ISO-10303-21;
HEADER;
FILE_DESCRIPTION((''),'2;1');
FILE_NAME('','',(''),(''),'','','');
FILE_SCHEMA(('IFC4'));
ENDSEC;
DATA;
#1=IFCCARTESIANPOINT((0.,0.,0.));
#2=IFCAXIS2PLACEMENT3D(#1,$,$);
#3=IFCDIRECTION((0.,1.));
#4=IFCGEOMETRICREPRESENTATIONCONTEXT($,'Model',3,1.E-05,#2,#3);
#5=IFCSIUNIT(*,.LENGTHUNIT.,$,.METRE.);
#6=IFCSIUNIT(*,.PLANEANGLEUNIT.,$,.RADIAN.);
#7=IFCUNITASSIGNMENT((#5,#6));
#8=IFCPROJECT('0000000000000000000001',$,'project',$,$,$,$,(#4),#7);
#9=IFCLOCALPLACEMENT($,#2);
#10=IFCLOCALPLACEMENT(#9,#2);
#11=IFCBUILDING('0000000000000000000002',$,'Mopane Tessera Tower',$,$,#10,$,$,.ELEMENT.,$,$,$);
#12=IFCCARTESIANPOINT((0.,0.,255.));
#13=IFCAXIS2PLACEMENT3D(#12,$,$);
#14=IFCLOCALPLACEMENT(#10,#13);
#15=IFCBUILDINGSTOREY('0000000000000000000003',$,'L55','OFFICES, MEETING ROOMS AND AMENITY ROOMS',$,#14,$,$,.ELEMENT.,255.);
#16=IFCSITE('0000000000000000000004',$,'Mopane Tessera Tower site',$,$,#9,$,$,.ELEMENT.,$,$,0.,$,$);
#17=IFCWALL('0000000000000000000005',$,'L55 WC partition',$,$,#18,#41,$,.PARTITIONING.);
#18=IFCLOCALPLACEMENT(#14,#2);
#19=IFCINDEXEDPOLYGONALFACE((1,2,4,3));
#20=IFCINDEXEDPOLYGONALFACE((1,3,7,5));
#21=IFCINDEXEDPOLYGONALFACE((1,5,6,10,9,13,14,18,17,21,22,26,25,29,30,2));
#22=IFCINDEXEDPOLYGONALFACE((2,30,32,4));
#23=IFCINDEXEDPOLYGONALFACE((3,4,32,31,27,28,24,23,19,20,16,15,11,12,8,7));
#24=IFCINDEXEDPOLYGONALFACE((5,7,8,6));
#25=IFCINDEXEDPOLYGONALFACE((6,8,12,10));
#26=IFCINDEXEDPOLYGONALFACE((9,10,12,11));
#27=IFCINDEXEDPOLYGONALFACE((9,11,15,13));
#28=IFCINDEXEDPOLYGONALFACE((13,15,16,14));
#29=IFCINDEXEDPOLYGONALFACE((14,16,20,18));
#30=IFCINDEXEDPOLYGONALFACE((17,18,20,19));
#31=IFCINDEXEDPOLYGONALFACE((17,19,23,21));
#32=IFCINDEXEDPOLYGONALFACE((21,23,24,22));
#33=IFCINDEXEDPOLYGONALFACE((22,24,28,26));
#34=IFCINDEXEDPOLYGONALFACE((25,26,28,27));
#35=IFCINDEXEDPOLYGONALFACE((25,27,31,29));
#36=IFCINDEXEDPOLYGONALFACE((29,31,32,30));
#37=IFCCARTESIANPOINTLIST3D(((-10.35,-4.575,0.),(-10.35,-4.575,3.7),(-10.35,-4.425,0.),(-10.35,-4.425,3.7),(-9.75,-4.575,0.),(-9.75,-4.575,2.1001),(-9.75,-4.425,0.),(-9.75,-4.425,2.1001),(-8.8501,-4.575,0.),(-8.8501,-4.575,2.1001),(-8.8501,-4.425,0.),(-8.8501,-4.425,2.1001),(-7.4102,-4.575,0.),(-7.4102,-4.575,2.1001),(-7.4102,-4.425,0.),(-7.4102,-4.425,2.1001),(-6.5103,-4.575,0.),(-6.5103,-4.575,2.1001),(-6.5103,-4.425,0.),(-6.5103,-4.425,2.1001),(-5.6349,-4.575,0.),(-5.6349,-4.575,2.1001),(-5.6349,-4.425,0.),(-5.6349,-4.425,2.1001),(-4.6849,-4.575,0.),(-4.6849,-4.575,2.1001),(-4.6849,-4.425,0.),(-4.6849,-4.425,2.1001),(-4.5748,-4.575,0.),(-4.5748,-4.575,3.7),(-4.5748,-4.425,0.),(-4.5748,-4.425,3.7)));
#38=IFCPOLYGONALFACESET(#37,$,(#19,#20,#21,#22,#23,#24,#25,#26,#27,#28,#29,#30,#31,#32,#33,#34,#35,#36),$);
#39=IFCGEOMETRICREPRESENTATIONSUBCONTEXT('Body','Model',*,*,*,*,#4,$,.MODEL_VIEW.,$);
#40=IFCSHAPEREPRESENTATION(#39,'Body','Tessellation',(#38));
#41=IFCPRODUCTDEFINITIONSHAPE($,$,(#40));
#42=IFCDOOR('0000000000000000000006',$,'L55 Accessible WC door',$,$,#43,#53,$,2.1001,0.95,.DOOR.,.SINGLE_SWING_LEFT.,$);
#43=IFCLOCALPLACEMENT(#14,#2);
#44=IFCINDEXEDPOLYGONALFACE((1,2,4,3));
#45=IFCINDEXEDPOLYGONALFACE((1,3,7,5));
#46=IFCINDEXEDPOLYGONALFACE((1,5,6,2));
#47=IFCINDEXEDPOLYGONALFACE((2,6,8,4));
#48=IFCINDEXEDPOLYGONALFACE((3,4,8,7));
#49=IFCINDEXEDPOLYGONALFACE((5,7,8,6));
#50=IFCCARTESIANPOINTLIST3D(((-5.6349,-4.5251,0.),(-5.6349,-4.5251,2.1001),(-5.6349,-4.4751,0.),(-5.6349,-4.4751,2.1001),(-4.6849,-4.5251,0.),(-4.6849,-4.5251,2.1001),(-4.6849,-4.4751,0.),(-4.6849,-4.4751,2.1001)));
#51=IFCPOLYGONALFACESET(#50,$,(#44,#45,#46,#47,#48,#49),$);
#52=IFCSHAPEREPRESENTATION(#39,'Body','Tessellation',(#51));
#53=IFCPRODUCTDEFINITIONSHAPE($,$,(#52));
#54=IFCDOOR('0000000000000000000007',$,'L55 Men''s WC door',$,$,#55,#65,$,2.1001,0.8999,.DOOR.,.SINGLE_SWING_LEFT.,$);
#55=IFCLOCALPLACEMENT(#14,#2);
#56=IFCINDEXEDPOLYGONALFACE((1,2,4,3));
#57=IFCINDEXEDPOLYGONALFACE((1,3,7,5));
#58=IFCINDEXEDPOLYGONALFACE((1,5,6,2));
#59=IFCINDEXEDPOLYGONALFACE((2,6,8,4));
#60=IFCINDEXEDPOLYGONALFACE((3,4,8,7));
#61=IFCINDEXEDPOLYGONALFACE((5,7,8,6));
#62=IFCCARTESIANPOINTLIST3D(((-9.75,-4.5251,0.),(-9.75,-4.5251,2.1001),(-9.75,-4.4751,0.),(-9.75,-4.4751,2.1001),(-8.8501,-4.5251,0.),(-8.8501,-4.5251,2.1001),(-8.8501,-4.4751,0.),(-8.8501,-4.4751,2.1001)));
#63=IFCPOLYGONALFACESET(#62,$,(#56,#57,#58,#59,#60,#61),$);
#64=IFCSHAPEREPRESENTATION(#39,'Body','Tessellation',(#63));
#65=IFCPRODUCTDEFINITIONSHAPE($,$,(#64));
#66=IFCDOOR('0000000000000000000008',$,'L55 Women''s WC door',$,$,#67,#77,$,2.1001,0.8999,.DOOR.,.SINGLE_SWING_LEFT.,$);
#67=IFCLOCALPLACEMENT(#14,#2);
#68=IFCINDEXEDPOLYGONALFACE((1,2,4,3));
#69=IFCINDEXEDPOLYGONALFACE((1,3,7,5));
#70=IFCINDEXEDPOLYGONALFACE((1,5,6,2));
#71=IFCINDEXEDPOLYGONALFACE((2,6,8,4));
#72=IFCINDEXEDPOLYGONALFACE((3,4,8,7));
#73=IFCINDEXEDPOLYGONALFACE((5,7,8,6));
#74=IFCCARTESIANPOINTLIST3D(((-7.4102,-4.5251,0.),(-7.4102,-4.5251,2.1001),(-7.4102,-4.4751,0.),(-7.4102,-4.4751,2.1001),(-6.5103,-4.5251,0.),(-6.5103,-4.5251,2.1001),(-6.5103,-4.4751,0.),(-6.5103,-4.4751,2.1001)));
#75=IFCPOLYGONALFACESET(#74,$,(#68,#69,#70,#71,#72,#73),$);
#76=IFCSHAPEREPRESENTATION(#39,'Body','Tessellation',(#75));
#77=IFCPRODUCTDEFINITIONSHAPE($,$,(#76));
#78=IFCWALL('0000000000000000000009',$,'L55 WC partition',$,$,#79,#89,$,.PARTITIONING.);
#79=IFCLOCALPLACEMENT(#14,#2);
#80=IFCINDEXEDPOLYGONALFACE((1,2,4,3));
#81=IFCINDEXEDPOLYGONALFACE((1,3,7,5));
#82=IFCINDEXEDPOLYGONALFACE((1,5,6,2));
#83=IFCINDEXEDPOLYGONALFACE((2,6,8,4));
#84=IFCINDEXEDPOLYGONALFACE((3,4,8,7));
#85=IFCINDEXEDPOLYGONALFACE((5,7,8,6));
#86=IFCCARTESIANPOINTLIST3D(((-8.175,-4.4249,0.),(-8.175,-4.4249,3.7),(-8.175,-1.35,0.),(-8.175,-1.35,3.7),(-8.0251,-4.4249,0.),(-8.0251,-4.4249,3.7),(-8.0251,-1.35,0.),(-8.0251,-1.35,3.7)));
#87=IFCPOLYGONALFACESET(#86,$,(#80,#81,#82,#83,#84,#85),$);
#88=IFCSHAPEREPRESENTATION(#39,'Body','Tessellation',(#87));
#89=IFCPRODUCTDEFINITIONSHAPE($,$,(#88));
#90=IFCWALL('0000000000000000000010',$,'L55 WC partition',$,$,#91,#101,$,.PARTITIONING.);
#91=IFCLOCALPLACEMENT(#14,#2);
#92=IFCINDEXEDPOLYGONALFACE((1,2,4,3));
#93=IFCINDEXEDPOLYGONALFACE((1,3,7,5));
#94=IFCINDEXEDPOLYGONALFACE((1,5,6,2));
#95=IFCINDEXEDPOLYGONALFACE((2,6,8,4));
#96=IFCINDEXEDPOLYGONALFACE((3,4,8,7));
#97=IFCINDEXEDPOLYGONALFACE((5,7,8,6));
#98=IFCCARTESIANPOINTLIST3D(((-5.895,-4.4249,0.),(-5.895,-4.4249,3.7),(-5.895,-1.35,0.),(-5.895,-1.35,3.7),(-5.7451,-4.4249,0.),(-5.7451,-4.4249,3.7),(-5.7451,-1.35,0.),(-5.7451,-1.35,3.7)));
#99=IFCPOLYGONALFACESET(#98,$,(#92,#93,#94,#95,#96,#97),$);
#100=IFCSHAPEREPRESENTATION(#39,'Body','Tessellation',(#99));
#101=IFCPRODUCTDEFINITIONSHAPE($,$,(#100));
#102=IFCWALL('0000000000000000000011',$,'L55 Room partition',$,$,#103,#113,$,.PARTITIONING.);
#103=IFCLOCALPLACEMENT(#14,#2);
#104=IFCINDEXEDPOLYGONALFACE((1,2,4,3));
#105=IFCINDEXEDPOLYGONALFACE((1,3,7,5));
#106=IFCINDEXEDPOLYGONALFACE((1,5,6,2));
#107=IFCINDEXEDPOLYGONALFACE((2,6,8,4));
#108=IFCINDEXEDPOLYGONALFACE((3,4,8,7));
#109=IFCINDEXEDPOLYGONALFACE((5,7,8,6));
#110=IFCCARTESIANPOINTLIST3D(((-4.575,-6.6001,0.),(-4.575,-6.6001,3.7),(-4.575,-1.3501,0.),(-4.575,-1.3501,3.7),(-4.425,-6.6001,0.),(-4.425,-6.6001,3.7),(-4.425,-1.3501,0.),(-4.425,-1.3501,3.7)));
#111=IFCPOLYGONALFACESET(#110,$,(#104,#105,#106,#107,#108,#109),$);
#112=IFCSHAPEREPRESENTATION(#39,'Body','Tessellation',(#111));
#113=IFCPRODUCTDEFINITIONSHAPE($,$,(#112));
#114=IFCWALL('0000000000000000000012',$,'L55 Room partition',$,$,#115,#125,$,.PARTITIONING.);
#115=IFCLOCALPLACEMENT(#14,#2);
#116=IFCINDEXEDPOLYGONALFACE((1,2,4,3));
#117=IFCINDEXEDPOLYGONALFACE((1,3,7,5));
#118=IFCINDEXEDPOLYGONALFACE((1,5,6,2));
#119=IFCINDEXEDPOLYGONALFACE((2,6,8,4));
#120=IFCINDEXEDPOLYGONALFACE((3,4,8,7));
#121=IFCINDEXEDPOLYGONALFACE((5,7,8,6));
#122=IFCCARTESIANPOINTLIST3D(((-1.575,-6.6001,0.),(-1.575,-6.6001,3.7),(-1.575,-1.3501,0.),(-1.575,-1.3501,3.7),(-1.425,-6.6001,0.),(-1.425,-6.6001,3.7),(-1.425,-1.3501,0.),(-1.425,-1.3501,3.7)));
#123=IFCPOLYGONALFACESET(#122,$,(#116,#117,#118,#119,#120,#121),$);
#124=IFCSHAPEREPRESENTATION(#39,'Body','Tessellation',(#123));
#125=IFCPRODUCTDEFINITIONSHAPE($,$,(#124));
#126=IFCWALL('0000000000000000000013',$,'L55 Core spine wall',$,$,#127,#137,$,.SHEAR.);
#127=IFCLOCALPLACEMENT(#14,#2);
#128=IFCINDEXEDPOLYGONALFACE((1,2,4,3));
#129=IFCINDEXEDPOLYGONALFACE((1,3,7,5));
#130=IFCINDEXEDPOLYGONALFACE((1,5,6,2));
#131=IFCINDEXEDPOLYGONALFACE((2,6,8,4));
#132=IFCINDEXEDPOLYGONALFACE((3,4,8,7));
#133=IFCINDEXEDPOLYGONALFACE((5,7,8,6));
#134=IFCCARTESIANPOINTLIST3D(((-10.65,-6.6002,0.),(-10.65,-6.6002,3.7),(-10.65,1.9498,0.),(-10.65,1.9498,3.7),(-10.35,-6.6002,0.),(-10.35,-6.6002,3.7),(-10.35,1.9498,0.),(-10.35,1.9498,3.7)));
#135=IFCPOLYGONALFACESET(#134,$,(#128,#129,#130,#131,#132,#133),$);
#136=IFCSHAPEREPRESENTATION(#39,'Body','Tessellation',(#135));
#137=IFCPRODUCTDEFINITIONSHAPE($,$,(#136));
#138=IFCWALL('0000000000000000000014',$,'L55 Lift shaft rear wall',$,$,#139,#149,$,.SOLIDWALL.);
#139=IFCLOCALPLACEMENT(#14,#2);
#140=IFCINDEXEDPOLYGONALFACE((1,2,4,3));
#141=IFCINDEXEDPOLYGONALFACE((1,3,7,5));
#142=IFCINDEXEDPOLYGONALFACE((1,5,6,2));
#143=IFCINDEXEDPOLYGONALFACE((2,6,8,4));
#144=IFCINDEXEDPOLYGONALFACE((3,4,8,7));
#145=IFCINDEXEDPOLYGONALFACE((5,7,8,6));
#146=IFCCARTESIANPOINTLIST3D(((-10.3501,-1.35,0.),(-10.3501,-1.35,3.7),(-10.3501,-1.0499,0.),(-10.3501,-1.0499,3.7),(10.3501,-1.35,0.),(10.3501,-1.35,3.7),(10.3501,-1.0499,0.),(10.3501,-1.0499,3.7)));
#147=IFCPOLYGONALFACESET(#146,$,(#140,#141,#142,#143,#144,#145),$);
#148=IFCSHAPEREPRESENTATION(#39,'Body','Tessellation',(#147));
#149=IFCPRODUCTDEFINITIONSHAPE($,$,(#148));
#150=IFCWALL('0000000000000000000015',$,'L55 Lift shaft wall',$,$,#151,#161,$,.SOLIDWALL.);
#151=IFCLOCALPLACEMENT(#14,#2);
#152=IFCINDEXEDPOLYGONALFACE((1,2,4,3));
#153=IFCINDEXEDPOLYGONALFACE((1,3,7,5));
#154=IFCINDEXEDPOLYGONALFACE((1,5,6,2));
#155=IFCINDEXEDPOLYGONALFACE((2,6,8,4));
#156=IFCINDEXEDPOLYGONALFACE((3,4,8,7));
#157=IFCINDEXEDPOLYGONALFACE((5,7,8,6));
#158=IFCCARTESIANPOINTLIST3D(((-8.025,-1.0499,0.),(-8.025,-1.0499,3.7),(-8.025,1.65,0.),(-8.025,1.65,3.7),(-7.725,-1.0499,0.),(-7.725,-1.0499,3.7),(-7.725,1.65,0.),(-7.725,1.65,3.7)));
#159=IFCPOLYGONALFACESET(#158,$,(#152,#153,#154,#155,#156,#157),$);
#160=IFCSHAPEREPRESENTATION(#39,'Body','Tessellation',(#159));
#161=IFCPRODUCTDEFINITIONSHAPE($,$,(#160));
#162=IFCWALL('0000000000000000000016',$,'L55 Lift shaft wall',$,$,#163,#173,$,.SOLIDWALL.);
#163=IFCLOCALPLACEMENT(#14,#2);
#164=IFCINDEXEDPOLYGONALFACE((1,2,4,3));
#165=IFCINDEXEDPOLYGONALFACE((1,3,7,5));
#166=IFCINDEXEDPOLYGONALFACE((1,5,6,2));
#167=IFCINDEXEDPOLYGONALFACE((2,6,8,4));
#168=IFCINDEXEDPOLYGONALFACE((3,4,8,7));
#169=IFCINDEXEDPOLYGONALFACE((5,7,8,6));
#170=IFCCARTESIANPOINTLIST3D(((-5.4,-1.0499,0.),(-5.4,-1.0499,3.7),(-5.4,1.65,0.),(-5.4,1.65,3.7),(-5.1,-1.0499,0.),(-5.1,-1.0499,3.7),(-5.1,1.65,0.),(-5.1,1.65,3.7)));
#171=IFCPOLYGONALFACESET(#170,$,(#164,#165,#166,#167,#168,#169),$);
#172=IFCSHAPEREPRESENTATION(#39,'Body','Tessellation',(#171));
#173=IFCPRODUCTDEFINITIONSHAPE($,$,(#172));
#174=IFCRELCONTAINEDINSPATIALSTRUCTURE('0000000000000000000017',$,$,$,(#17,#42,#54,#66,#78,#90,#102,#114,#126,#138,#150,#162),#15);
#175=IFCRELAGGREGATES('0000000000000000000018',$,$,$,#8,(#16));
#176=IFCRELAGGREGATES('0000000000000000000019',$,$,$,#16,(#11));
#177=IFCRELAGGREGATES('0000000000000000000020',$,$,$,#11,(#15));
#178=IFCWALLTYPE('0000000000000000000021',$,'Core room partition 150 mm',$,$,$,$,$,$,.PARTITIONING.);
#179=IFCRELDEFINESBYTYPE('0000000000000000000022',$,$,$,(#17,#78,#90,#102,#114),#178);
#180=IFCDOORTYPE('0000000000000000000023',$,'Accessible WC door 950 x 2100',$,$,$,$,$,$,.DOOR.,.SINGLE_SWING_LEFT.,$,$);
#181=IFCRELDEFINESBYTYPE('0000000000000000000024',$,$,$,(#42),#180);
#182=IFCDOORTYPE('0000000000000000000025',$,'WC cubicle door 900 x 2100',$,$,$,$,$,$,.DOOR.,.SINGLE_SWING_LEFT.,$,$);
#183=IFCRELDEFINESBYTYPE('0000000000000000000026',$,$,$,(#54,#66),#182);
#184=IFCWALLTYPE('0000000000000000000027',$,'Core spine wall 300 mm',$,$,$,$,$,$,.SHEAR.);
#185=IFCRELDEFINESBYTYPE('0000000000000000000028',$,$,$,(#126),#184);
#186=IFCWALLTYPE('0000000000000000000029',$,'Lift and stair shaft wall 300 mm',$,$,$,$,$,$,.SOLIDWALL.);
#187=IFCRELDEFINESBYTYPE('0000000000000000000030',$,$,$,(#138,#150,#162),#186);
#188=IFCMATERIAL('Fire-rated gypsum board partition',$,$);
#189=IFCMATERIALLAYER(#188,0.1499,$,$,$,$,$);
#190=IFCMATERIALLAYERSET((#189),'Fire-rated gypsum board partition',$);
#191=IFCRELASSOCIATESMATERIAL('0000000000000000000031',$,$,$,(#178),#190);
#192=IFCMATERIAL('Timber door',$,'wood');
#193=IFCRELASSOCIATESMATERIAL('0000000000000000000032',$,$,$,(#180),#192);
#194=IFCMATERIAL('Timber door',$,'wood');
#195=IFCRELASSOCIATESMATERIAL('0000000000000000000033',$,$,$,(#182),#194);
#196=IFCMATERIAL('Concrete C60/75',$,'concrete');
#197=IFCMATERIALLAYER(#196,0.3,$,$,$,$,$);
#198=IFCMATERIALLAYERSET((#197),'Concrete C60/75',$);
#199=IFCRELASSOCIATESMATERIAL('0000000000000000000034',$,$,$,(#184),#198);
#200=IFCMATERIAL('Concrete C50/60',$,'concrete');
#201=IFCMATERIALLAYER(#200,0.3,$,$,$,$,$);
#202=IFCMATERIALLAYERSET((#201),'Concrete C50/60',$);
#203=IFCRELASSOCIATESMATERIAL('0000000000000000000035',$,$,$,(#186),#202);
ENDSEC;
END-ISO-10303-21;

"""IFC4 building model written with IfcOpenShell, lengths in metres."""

from ifc_helpers import new_model, si_unit, direction, frame, frame_2d, origin, place, context, subcontext, project, spatial, rectangle, extrude, material, layer, layer_set, type_object, element, fill, save


model = new_model("IFC4")

# Units and contexts
model_context = context("Model", 3, precision=1e-05, world=origin(), true_north=direction((0.0, 1.0)))
body_context = subcontext(model_context, "Body", "Model", "MODEL_VIEW")
ifc_project = project(units=[si_unit("LENGTHUNIT", "METRE"), si_unit("PLANEANGLEUNIT", "RADIAN")], contexts=[model_context])

# Site, building, storey
site_placement = place(None, origin())
site = spatial("IfcSite", under=ifc_project, at=site_placement, Name="Mopane Tessera Tower site", CompositionType="ELEMENT", RefElevation=0.0)
building_placement = place(site_placement, origin())
building = spatial("IfcBuilding", under=site, at=building_placement, Name="Mopane Tessera Tower", CompositionType="ELEMENT")
storey_placement = place(building_placement, frame((0.0, 0.0, 255.0)))
storey = spatial("IfcBuildingStorey", under=building, at=storey_placement, Name="L55", Description="OFFICES, MEETING ROOMS AND AMENITY ROOMS", CompositionType="ELEMENT", Elevation=255.0)

# Wall, openings, doors
ifc_material_1 = material(Name="Fire-rated gypsum board partition")
ifc_layer_1 = layer(ifc_material_1, 0.1499)
ifc_layer_set_1 = layer_set([ifc_layer_1], Name="Fire-rated gypsum board partition")
wall_type_1 = type_object("IfcWallType", Name="Core room partition 150 mm", PredefinedType="PARTITIONING", material=ifc_layer_set_1)
wall_1_placement = place(storey_placement, frame((-10.3501, -4.5, 0.0), z_axis=(0.0, 0.0, 1.0), x_axis=(1.0, 0.0, 0.0)))
wall_1 = element("IfcWall", 1, at=wall_1_placement, inside=storey, type_object=wall_type_1, Name="L55 WC partition", PredefinedType="PARTITIONING", context=body_context, shape_type="SweptSolid", body=[
    extrude(rectangle(XDim=5.7751, YDim=0.1499, at=frame_2d((2.8877, 0.0))), origin(), (0.0, 0.0, 1.0), 3.7),
])
opening_1_placement = place(wall_1_placement, frame((0.6001, 0.0, 0.0)))
opening_1 = element("IfcOpeningElement", 2, at=opening_1_placement, cuts=wall_1, PredefinedType="OPENING", context=body_context, shape_type="SweptSolid", body=[
    extrude(rectangle(XDim=0.8999, YDim=2.1001, at=frame_2d((0.45, 1.05))), frame((0.0, 0.0869, 0.0), z_axis=(0.0, -1.0, 0.0), x_axis=(1.0, 0.0, 0.0)), (0.0, 0.0, 1.0), 0.1738),
])
opening_2_placement = place(wall_1_placement, frame((2.9399, 0.0, 0.0)))
opening_2 = element("IfcOpeningElement", 3, at=opening_2_placement, cuts=wall_1, PredefinedType="OPENING", context=body_context, shape_type="SweptSolid", body=[
    extrude(rectangle(XDim=0.8999, YDim=2.1001, at=frame_2d((0.45, 1.05))), frame((0.0, 0.0869, 0.0), z_axis=(0.0, -1.0, 0.0), x_axis=(1.0, 0.0, 0.0)), (0.0, 0.0, 1.0), 0.1738),
])
opening_3_placement = place(wall_1_placement, frame((4.7151, 0.0, 0.0)))
opening_3 = element("IfcOpeningElement", 4, at=opening_3_placement, cuts=wall_1, PredefinedType="OPENING", context=body_context, shape_type="SweptSolid", body=[
    extrude(rectangle(XDim=0.95, YDim=2.1001, at=frame_2d((0.4751, 1.05))), frame((0.0, 0.0869, 0.0), z_axis=(0.0, -1.0, 0.0), x_axis=(1.0, 0.0, 0.0)), (0.0, 0.0, 1.0), 0.1738),
])
ifc_material_2 = material(Name="Timber door", Category="wood")
door_type_1 = type_object("IfcDoorType", Name="Accessible WC door 950 x 2100", OperationType="SINGLE_SWING_LEFT", PredefinedType="DOOR", material=ifc_material_2)
door_1_placement = place(opening_3_placement, origin())
door_1 = element("IfcDoor", 5, at=door_1_placement, inside=storey, type_object=door_type_1, Name="L55 Accessible WC door", OperationType="SINGLE_SWING_LEFT", OverallHeight=2.1001, OverallWidth=0.95, PredefinedType="DOOR", context=body_context, shape_type="SweptSolid", body=[
    extrude(rectangle(XDim=0.95, YDim=2.1001, at=frame_2d((0.4751, 1.05))), frame((0.0, 0.0249, 0.0), z_axis=(0.0, -1.0, 0.0), x_axis=(1.0, 0.0, 0.0)), (0.0, 0.0, 1.0), 0.05),
])
fill(opening_3, door_1)
ifc_material_3 = material(Name="Timber door", Category="wood")
door_type_2 = type_object("IfcDoorType", Name="WC cubicle door 900 x 2100", OperationType="SINGLE_SWING_LEFT", PredefinedType="DOOR", material=ifc_material_3)
door_2_placement = place(opening_1_placement, origin())
door_2 = element("IfcDoor", 6, at=door_2_placement, inside=storey, type_object=door_type_2, Name="L55 Men's WC door", OperationType="SINGLE_SWING_LEFT", OverallHeight=2.1001, OverallWidth=0.8999, PredefinedType="DOOR", context=body_context, shape_type="SweptSolid", body=[
    extrude(rectangle(XDim=0.8999, YDim=2.1001, at=frame_2d((0.45, 1.05))), frame((0.0, 0.0249, 0.0), z_axis=(0.0, -1.0, 0.0), x_axis=(1.0, 0.0, 0.0)), (0.0, 0.0, 1.0), 0.05),
])
fill(opening_1, door_2)
door_3_placement = place(opening_2_placement, origin())
door_3 = element("IfcDoor", 7, at=door_3_placement, inside=storey, type_object=door_type_2, Name="L55 Women's WC door", OperationType="SINGLE_SWING_LEFT", OverallHeight=2.1001, OverallWidth=0.8999, PredefinedType="DOOR", context=body_context, shape_type="SweptSolid", body=[
    extrude(rectangle(XDim=0.8999, YDim=2.1001, at=frame_2d((0.45, 1.05))), frame((0.0, 0.0249, 0.0), z_axis=(0.0, -1.0, 0.0), x_axis=(1.0, 0.0, 0.0)), (0.0, 0.0, 1.0), 0.05),
])
fill(opening_2, door_3)

# Walls
for number, where, z_axis, x_axis, name in (
    (8, (-8.1001, -4.425, 0.0), (0.0, 0.0, 1.0), (0.0, 1.0, 0.0), "L55 WC partition"),
    (9, (-5.8201, -4.425, 0.0), (0.0, 0.0, 1.0), (0.0, 1.0, 0.0), "L55 WC partition"),
):
    element("IfcWall", number, at=place(storey_placement, frame(where, z_axis=z_axis, x_axis=x_axis)), inside=storey, type_object=wall_type_1, Name=name, PredefinedType="PARTITIONING", context=body_context, shape_type="SweptSolid", body=[
        extrude(rectangle(XDim=3.075, YDim=0.1499, at=frame_2d((1.5376, 0.0))), origin(), (0.0, 0.0, 1.0), 3.7),
    ])
for number, where, z_axis, x_axis, name in (
    (10, (-4.5, -6.6001, 0.0), (0.0, 0.0, 1.0), (0.0, 1.0, 0.0), "L55 Room partition"),
    (11, (-1.5, -6.6001, 0.0), (0.0, 0.0, 1.0), (0.0, 1.0, 0.0), "L55 Room partition"),
):
    element("IfcWall", number, at=place(storey_placement, frame(where, z_axis=z_axis, x_axis=x_axis)), inside=storey, type_object=wall_type_1, Name=name, PredefinedType="PARTITIONING", context=body_context, shape_type="SweptSolid", body=[
        extrude(rectangle(XDim=5.25, YDim=0.1499, at=frame_2d((2.625, 0.0))), origin(), (0.0, 0.0, 1.0), 3.7),
    ])
ifc_material_4 = material(Name="Concrete C60/75", Category="concrete")
ifc_layer_2 = layer(ifc_material_4, 0.3)
ifc_layer_set_2 = layer_set([ifc_layer_2], Name="Concrete C60/75")
wall_type_2 = type_object("IfcWallType", Name="Core spine wall 300 mm", PredefinedType="SHEAR", material=ifc_layer_set_2)
wall_2_placement = place(storey_placement, frame((-10.5, -6.6001, 0.0), z_axis=(0.0, 0.0, 1.0), x_axis=(0.0, 1.0, 0.0)))
element("IfcWall", 12, at=wall_2_placement, inside=storey, type_object=wall_type_2, Name="L55 Core spine wall", PredefinedType="SHEAR", context=body_context, shape_type="SweptSolid", body=[
    extrude(rectangle(XDim=8.55, YDim=0.3, at=frame_2d((4.2749, 0.0))), origin(), (0.0, 0.0, 1.0), 3.7),
])
ifc_material_5 = material(Name="Concrete C50/60", Category="concrete")
ifc_layer_3 = layer(ifc_material_5, 0.3)
ifc_layer_set_3 = layer_set([ifc_layer_3], Name="Concrete C50/60")
wall_type_3 = type_object("IfcWallType", Name="Lift and stair shaft wall 300 mm", PredefinedType="SOLIDWALL", material=ifc_layer_set_3)
wall_3_placement = place(storey_placement, frame((-10.3501, -1.2, 0.0), z_axis=(0.0, 0.0, 1.0), x_axis=(1.0, 0.0, 0.0)))
element("IfcWall", 13, at=wall_3_placement, inside=storey, type_object=wall_type_3, Name="L55 Lift shaft rear wall", PredefinedType="SOLIDWALL", context=body_context, shape_type="SweptSolid", body=[
    extrude(rectangle(XDim=20.7002, YDim=0.3, at=frame_2d((10.3501, 0.0))), origin(), (0.0, 0.0, 1.0), 3.7),
])
for number, where, z_axis, x_axis, name in (
    (14, (-7.875, -1.05, 0.0), (0.0, 0.0, 1.0), (0.0, 1.0, 0.0), "L55 Lift shaft wall"),
    (15, (-5.25, -1.05, 0.0), (0.0, 0.0, 1.0), (0.0, 1.0, 0.0), "L55 Lift shaft wall"),
):
    element("IfcWall", number, at=place(storey_placement, frame(where, z_axis=z_axis, x_axis=x_axis)), inside=storey, type_object=wall_type_3, Name=name, PredefinedType="SOLIDWALL", context=body_context, shape_type="SweptSolid", body=[
        extrude(rectangle(XDim=2.7, YDim=0.3, at=frame_2d((1.3501, 0.0))), origin(), (0.0, 0.0, 1.0), 3.7),
    ])

save(model, "model.ifc")
